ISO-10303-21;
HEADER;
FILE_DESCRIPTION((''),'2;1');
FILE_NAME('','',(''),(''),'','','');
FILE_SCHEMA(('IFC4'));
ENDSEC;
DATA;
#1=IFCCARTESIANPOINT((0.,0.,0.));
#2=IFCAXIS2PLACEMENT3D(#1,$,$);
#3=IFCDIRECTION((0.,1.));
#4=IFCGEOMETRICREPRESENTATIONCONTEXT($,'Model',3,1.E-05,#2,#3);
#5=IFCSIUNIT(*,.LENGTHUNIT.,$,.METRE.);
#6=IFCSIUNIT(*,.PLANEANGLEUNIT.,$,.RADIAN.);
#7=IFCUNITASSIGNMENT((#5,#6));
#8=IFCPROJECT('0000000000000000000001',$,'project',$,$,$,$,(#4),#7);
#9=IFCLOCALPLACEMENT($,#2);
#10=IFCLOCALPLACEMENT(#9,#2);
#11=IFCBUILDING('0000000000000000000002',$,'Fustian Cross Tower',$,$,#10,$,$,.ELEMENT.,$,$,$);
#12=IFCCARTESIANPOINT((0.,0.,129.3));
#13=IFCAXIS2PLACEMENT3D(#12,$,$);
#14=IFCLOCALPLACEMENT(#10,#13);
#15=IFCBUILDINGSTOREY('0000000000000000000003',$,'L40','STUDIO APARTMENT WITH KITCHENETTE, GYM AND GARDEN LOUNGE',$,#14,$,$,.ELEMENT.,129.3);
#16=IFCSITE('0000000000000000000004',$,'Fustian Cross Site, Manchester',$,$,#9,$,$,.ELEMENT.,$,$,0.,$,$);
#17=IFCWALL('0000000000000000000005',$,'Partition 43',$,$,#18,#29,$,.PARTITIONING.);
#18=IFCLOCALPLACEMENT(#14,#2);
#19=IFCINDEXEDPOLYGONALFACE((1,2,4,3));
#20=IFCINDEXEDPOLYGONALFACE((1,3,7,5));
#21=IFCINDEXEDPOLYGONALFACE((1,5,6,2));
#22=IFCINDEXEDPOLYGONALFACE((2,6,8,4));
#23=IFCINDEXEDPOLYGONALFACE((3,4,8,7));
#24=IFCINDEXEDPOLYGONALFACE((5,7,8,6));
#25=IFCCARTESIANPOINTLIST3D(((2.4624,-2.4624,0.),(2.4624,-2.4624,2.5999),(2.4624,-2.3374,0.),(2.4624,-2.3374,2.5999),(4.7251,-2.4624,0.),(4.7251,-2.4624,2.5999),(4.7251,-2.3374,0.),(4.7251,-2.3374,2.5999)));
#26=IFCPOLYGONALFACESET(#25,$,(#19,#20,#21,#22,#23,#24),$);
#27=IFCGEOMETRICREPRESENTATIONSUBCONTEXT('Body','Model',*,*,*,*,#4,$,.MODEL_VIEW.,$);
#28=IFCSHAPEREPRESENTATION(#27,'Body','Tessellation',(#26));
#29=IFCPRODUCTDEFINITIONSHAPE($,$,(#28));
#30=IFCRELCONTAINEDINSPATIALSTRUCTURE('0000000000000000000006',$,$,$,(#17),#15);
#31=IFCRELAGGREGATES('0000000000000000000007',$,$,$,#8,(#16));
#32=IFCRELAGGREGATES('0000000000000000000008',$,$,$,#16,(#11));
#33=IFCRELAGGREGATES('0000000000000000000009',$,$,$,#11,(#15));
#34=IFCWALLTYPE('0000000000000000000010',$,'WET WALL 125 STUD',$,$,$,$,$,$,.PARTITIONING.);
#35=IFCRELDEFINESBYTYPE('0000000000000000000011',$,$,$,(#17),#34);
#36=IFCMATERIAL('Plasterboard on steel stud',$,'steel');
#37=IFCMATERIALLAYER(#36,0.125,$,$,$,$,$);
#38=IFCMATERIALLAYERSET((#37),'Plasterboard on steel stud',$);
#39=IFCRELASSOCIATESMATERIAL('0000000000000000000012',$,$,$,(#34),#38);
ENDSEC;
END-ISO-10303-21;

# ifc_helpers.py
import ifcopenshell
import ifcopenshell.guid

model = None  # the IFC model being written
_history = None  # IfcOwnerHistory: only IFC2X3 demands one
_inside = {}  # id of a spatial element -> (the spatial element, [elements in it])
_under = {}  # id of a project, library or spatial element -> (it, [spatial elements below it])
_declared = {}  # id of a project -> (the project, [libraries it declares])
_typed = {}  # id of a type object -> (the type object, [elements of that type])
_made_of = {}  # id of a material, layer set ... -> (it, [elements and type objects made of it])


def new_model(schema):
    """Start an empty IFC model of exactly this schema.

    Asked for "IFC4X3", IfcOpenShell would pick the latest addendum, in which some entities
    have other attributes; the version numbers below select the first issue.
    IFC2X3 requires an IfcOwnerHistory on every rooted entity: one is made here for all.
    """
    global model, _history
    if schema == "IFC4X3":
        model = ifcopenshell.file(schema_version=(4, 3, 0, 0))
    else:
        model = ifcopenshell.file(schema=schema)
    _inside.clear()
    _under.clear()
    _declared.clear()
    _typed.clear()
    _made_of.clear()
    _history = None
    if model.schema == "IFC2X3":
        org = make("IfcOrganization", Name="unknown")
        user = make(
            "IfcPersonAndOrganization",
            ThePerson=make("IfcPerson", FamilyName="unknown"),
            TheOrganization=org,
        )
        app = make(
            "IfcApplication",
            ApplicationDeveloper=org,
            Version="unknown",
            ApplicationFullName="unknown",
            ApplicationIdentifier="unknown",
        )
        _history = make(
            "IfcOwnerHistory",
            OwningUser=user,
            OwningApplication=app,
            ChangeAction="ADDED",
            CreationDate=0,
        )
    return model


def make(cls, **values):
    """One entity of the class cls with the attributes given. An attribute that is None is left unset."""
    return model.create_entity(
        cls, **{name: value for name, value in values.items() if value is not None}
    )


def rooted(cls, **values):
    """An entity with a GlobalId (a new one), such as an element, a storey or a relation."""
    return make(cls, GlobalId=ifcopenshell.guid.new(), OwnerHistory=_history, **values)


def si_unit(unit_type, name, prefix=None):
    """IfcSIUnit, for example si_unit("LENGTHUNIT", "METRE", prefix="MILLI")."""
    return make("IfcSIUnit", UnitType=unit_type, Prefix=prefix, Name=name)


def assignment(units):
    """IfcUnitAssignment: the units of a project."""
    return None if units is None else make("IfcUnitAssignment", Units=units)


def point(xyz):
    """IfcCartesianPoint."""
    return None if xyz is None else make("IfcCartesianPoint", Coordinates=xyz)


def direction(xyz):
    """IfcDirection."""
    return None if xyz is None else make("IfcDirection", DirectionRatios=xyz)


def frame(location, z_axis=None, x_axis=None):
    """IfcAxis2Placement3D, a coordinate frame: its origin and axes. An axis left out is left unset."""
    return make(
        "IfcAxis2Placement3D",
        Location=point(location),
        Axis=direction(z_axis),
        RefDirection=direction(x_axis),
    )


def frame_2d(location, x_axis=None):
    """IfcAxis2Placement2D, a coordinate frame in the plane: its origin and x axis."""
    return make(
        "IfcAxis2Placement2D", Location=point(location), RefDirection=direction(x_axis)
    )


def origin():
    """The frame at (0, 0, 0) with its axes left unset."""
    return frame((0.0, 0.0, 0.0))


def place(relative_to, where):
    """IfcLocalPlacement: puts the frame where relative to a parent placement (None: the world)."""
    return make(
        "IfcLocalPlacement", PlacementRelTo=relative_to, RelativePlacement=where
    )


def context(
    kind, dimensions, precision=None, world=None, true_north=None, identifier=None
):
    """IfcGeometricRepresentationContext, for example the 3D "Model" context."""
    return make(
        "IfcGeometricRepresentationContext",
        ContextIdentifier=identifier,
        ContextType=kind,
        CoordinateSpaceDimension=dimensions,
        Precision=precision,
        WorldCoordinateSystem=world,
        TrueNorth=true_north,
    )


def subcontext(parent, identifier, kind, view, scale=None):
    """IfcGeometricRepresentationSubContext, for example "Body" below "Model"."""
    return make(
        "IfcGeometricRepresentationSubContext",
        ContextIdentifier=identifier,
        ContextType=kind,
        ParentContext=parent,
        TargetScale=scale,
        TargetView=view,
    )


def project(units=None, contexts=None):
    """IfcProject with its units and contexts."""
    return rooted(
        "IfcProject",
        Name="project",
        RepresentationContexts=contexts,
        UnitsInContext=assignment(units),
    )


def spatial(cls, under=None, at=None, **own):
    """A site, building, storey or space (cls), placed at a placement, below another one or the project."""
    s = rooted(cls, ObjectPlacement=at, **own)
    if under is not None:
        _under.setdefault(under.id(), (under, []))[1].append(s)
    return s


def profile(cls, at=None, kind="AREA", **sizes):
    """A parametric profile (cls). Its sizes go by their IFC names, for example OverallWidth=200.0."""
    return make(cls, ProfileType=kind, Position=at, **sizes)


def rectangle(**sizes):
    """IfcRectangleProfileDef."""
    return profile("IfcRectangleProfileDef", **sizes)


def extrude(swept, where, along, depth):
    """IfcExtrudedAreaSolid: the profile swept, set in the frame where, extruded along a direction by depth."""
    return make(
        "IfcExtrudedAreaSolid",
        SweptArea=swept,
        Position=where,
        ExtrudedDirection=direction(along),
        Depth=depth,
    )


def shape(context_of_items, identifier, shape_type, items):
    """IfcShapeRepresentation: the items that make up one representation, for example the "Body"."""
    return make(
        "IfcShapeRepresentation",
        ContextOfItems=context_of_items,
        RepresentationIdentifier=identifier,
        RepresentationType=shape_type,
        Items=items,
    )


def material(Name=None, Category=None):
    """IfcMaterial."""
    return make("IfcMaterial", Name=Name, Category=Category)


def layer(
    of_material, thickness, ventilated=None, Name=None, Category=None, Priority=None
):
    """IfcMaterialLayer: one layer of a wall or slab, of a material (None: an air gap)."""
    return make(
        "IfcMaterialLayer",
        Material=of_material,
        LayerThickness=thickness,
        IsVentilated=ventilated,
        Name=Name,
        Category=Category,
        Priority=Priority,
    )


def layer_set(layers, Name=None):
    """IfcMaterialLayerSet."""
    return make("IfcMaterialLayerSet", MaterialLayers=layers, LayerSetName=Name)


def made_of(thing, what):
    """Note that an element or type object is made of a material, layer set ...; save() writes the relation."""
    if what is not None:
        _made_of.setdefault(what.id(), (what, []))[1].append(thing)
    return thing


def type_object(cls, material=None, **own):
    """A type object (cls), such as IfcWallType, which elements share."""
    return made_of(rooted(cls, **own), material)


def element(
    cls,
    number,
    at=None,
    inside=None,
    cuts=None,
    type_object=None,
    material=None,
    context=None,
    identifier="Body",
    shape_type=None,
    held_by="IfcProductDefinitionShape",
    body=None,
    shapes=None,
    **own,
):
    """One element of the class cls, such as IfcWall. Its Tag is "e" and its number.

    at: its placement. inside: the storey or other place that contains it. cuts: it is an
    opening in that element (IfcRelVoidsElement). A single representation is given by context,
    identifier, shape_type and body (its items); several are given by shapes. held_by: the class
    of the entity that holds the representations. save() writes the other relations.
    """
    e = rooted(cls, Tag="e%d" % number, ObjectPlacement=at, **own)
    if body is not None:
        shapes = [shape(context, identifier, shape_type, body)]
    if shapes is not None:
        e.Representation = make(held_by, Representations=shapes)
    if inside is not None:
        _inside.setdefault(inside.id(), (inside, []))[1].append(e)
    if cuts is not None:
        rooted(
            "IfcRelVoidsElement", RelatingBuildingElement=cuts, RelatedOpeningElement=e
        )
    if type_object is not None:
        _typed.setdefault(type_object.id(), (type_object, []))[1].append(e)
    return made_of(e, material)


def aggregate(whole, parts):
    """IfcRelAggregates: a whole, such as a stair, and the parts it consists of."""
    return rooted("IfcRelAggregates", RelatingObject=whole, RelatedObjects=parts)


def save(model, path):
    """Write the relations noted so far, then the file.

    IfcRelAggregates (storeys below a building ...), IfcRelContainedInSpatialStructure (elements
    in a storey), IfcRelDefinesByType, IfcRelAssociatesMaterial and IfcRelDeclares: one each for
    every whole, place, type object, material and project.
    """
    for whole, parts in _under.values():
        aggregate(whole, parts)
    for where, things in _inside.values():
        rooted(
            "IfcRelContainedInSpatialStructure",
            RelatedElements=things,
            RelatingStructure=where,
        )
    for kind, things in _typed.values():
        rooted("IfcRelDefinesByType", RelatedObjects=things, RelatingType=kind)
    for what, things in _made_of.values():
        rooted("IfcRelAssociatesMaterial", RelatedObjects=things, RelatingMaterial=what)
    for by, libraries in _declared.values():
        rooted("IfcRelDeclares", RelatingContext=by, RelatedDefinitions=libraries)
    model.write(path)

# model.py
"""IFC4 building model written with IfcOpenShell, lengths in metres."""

from ifc_helpers import new_model, si_unit, direction, frame, frame_2d, origin, place, context, subcontext, project, spatial, rectangle, extrude, material, layer, layer_set, type_object, element, save


model = new_model("IFC4")

# Units and contexts
model_context = context("Model", 3, precision=1e-05, world=origin(), true_north=direction((0.0, 1.0)))
body_context = subcontext(model_context, "Body", "Model", "MODEL_VIEW")
ifc_project = project(units=[si_unit("LENGTHUNIT", "METRE"), si_unit("PLANEANGLEUNIT", "RADIAN")], contexts=[model_context])

# Site, building, storey
site_placement = place(None, origin())
site = spatial("IfcSite", under=ifc_project, at=site_placement, Name="Fustian Cross Site, Manchester", CompositionType="ELEMENT", RefElevation=0.0)
building_placement = place(site_placement, origin())
building = spatial("IfcBuilding", under=site, at=building_placement, Name="Fustian Cross Tower", CompositionType="ELEMENT")
storey_placement = place(building_placement, frame((0.0, 0.0, 129.3)))
storey = spatial("IfcBuildingStorey", under=building, at=storey_placement, Name="L40", Description="STUDIO APARTMENT WITH KITCHENETTE, GYM AND GARDEN LOUNGE", CompositionType="ELEMENT", Elevation=129.3)

# Wall
ifc_material_1 = material(Name="Plasterboard on steel stud", Category="steel")
ifc_layer_1 = layer(ifc_material_1, 0.125)
ifc_layer_set_1 = layer_set([ifc_layer_1], Name="Plasterboard on steel stud")
wall_type_1 = type_object("IfcWallType", Name="WET WALL 125 STUD", PredefinedType="PARTITIONING", material=ifc_layer_set_1)
wall_1_placement = place(storey_placement, frame((2.4624, -2.3999, 0.0), z_axis=(0.0, 0.0, 1.0), x_axis=(1.0, 0.0, 0.0)))
element("IfcWall", 1, at=wall_1_placement, inside=storey, type_object=wall_type_1, Name="Partition 43", PredefinedType="PARTITIONING", context=body_context, shape_type="SweptSolid", body=[
    extrude(rectangle(XDim=2.2627, YDim=0.125, at=frame_2d((1.1313, 0.0))), origin(), (0.0, 0.0, 1.0), 2.5999),
])

save(model, "model.ifc")
